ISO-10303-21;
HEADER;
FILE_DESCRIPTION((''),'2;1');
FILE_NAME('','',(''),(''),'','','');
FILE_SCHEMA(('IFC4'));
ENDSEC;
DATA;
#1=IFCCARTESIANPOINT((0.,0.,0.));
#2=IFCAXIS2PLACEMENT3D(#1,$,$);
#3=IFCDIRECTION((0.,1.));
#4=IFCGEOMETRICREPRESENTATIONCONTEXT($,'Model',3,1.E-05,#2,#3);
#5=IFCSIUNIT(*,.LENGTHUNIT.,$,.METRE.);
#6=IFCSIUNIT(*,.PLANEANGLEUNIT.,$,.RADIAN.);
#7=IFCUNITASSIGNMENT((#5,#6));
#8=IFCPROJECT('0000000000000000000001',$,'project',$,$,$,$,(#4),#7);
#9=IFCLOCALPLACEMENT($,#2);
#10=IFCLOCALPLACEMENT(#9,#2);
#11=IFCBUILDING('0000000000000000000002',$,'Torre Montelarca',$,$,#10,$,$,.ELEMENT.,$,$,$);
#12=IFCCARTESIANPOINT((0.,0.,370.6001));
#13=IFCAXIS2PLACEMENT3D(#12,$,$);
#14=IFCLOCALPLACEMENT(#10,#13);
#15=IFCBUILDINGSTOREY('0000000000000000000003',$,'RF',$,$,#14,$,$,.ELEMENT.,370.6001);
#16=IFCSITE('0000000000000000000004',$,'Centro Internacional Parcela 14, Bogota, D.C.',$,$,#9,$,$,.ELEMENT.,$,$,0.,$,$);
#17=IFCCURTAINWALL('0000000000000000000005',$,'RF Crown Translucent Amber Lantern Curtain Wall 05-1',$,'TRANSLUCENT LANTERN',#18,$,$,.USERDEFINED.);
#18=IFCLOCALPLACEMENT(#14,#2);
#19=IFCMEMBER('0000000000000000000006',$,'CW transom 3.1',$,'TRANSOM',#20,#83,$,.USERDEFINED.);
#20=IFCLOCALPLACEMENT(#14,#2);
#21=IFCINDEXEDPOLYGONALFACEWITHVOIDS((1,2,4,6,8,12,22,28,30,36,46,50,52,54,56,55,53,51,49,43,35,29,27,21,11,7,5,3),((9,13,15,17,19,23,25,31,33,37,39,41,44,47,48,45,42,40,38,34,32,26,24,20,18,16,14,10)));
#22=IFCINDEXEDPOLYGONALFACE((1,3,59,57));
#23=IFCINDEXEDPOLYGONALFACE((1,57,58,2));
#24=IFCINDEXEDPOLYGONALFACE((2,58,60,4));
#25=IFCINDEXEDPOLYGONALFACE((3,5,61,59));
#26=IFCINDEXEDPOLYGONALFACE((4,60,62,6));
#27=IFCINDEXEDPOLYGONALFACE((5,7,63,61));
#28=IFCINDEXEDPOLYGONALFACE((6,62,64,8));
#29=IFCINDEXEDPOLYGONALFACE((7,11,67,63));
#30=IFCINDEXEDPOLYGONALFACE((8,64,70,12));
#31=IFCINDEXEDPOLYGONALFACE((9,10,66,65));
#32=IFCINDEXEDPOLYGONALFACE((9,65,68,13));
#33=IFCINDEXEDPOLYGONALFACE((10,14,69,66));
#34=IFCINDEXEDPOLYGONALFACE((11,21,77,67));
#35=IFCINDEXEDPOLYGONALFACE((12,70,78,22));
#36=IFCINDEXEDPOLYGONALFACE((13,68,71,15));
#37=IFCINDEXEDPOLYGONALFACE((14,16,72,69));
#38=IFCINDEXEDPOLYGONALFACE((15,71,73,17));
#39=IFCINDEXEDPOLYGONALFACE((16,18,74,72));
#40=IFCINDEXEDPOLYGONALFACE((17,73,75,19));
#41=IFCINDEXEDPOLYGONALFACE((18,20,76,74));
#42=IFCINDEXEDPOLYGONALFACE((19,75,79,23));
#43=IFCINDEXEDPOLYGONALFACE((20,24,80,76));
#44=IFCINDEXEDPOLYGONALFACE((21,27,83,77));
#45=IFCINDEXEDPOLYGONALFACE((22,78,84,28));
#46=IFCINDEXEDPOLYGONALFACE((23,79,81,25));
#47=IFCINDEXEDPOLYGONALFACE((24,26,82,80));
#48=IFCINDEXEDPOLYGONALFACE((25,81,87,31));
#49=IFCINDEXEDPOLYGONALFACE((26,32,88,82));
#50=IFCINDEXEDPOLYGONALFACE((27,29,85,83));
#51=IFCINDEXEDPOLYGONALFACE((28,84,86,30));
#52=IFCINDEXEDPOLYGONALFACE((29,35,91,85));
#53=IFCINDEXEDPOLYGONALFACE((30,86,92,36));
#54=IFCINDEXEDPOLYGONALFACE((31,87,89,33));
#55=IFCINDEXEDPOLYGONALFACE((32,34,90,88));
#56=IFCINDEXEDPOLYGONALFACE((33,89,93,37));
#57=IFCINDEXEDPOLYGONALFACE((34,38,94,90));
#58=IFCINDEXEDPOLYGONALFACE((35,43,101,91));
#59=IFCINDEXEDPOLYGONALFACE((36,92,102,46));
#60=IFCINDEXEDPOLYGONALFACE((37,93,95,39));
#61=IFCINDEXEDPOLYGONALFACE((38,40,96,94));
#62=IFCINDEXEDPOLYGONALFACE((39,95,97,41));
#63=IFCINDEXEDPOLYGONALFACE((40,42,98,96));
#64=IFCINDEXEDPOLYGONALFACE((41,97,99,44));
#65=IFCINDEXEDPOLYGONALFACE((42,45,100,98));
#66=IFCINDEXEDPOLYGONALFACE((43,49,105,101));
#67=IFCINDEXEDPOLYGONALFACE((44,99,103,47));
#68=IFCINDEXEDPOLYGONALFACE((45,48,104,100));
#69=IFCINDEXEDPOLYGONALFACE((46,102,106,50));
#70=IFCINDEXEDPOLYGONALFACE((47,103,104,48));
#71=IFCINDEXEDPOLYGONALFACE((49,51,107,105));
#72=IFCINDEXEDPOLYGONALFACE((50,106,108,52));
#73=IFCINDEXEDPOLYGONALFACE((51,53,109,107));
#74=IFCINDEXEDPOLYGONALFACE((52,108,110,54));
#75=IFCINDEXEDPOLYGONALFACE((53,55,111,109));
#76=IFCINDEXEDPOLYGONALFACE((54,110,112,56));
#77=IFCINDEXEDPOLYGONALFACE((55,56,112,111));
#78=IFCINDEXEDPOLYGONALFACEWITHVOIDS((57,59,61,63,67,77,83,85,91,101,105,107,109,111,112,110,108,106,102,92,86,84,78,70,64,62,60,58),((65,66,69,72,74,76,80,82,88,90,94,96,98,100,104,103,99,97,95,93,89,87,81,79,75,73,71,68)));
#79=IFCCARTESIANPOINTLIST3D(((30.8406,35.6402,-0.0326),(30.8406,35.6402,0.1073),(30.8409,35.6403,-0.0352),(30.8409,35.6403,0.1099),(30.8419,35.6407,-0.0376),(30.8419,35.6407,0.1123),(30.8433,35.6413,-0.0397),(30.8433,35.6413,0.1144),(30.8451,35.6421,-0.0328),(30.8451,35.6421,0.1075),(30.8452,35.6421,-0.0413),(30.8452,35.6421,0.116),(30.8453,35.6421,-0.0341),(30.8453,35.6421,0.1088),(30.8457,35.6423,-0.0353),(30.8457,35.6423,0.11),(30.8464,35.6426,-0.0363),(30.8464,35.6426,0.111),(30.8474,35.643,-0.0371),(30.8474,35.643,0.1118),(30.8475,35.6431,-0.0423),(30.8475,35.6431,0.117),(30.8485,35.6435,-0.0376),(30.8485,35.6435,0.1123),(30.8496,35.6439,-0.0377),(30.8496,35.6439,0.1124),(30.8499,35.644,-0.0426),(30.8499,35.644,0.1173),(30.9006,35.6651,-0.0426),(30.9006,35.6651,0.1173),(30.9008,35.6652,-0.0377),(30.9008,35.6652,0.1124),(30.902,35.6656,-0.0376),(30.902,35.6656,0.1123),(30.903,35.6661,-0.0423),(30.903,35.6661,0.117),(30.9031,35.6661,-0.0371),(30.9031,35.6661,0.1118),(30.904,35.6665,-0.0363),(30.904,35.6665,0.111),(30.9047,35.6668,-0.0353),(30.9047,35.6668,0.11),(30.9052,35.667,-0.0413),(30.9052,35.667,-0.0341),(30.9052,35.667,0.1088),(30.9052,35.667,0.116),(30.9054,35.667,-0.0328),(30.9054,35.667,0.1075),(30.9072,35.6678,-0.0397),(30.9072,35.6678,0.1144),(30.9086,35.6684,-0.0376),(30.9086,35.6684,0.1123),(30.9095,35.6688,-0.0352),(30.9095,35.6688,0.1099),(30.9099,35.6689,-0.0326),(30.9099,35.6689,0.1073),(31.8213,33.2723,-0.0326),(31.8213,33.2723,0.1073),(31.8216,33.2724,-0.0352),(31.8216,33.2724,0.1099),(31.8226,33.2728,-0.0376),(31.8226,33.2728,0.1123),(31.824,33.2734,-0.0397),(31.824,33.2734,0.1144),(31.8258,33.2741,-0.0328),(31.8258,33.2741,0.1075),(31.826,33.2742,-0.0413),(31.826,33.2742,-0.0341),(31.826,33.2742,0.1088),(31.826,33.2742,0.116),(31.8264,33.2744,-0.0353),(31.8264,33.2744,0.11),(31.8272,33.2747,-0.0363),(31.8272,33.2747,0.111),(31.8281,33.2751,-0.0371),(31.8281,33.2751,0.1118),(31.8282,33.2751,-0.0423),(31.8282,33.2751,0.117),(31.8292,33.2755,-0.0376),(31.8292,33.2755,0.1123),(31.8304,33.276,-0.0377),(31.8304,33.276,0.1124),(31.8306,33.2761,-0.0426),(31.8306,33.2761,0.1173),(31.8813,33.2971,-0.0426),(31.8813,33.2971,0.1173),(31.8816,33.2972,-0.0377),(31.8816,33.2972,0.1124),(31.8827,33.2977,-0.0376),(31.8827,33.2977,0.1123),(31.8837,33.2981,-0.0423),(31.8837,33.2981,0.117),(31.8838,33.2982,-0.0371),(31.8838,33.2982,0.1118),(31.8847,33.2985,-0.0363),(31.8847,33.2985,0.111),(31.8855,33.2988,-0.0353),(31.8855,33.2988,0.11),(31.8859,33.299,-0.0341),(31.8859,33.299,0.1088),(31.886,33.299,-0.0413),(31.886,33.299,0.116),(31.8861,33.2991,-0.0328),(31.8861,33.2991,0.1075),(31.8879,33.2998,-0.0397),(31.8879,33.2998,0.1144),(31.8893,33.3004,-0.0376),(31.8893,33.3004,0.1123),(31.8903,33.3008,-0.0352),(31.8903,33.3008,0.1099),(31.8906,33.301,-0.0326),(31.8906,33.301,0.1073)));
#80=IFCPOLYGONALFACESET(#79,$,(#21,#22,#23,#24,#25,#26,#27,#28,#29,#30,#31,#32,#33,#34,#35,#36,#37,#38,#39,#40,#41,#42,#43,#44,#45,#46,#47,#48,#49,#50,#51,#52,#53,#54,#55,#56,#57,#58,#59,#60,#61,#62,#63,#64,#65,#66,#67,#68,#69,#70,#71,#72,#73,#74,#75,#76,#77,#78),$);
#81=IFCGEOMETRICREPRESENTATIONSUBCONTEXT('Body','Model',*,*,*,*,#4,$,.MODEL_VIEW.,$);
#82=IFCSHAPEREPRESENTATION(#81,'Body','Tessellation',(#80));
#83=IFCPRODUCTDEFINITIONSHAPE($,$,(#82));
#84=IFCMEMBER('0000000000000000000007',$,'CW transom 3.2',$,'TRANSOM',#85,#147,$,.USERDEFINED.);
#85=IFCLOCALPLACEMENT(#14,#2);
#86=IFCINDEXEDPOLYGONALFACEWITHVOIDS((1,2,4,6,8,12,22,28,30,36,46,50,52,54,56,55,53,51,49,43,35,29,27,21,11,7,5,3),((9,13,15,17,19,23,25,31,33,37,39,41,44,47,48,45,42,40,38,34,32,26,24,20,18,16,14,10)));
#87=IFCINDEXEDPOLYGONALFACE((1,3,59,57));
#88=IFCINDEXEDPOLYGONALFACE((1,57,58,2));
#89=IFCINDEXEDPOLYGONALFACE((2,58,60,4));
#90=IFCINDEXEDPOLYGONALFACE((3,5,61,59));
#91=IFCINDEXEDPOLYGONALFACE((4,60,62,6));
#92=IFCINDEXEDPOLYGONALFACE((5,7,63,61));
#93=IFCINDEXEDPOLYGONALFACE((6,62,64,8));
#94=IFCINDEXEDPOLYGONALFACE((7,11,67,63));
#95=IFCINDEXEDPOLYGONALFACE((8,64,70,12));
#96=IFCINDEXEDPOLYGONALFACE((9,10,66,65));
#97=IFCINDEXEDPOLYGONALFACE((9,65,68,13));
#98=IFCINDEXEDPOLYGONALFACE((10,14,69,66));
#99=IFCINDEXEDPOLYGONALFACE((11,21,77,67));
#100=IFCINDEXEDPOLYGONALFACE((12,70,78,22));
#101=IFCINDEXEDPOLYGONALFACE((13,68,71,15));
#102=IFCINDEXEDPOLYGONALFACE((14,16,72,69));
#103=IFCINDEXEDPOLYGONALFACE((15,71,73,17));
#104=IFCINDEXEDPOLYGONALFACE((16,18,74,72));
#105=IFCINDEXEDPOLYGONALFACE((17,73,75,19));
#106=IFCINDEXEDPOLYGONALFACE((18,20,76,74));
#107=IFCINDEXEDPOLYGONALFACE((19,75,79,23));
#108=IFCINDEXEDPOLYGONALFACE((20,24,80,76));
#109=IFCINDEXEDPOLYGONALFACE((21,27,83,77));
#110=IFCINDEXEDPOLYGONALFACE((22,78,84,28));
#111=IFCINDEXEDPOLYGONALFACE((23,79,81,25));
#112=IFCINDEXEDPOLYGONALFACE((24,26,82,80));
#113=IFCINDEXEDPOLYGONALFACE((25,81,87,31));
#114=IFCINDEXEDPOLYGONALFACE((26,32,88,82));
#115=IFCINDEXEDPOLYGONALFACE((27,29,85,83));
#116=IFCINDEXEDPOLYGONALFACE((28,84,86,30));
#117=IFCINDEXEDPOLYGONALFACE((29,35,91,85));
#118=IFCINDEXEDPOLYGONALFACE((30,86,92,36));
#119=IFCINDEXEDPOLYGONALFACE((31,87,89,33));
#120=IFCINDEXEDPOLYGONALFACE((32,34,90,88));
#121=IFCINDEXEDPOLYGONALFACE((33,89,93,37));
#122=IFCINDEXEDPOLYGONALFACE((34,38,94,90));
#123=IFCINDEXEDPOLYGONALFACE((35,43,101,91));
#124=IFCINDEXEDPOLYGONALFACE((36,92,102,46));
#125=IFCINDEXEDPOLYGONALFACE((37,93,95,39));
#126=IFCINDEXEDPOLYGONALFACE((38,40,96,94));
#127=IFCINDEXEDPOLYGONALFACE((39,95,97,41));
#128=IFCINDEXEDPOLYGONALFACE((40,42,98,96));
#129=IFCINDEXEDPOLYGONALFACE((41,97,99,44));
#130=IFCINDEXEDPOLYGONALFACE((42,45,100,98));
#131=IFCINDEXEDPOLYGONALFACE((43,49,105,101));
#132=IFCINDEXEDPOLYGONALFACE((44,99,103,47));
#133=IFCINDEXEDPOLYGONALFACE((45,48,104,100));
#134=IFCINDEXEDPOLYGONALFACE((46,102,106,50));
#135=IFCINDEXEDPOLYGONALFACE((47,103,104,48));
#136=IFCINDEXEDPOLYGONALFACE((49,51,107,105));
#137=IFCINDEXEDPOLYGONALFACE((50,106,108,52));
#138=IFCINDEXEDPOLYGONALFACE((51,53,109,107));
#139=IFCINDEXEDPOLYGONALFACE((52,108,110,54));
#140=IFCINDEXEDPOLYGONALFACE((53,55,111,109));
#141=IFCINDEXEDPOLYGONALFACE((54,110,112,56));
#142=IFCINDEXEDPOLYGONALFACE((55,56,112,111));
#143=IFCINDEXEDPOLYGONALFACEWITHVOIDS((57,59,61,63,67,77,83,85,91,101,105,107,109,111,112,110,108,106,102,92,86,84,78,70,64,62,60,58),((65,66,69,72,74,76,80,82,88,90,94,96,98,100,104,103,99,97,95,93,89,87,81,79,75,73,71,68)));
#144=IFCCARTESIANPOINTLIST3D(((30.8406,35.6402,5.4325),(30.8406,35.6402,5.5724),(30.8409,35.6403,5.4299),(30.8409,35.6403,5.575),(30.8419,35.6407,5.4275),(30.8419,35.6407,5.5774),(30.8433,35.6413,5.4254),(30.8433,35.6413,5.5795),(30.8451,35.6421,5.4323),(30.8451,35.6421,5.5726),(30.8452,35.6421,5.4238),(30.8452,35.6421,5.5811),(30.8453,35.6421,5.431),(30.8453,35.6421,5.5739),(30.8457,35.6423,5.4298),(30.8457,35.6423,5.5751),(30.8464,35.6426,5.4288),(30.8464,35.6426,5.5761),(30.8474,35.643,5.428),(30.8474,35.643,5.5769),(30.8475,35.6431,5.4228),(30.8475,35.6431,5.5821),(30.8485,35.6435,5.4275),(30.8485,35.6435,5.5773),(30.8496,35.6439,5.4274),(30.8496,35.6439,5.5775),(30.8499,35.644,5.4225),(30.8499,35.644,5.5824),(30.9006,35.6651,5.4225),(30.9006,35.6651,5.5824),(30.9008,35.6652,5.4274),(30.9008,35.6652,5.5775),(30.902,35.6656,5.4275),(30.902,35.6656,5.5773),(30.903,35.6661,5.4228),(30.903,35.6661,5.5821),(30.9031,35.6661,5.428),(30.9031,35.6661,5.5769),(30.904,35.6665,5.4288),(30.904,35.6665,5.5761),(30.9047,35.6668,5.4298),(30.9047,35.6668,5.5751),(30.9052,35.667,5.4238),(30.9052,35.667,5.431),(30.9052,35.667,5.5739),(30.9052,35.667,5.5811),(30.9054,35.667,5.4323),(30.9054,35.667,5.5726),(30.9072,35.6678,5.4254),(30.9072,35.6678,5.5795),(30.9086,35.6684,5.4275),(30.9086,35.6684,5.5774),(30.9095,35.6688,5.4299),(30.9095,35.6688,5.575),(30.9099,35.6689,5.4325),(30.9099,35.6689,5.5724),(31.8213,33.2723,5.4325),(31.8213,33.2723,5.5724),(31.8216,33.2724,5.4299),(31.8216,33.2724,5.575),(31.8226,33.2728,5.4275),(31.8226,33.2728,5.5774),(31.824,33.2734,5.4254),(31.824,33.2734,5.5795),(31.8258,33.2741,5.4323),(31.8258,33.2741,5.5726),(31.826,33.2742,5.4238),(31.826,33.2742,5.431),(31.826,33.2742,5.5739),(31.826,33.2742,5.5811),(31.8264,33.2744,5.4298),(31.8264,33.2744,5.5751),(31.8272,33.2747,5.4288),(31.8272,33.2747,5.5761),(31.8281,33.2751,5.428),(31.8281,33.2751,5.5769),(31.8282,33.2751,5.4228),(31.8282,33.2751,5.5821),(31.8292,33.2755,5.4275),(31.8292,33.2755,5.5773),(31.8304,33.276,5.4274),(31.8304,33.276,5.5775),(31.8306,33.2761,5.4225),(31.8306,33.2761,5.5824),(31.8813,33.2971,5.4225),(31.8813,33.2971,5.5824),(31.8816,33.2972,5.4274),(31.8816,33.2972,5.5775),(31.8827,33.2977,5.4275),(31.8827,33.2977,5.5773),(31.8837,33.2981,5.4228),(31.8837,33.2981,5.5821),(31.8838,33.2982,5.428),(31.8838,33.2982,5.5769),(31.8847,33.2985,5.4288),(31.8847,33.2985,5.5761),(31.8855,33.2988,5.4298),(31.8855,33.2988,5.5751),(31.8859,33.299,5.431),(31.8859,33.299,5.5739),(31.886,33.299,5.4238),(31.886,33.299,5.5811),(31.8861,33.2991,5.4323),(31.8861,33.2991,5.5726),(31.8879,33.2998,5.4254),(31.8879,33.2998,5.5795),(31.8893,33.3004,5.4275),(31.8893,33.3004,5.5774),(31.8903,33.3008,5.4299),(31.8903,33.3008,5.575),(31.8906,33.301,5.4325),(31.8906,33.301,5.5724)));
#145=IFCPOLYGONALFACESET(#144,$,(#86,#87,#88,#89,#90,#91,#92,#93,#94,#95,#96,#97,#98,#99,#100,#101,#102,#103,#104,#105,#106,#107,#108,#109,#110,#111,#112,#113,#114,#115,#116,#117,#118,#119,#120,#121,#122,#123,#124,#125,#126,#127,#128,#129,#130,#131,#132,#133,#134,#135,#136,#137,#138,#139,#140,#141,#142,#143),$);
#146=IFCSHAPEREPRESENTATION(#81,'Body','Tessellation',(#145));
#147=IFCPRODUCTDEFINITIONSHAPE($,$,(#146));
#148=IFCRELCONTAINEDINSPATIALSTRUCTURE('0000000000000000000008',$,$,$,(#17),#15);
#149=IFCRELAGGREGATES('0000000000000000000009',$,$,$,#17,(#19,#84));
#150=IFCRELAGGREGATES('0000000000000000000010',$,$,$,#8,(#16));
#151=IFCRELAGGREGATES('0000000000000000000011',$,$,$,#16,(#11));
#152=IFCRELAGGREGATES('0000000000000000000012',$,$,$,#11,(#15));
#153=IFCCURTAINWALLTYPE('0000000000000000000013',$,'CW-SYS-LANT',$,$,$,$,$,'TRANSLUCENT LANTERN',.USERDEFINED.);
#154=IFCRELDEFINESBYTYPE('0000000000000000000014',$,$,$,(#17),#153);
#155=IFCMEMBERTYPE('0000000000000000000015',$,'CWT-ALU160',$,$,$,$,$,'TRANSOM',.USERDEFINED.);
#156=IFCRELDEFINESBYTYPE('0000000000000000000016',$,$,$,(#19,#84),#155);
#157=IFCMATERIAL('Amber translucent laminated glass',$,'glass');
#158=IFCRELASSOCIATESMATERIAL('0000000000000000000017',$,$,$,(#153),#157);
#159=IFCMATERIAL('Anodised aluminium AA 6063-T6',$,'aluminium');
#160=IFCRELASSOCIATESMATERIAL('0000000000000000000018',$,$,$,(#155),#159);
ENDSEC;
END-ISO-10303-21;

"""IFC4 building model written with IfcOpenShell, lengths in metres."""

from ifc_helpers import new_model, si_unit, direction, frame, origin, origin_2d, place, context, subcontext, project, spatial, hollow_rectangle, extrude, source, transform, mapped, material, material_profile, profile_set, type_object, element, aggregate, save


model = new_model("IFC4")

# Units and contexts
model_context = context("Model", 3, precision=1e-05, world=origin(), true_north=direction((0.0, 1.0)))
body_context = subcontext(model_context, "Body", "Model", "MODEL_VIEW")
ifc_project = project(units=[si_unit("LENGTHUNIT", "METRE"), si_unit("PLANEANGLEUNIT", "RADIAN")], contexts=[model_context])

# Site, building, storey
site_placement = place(None, origin())
site = spatial("IfcSite", under=ifc_project, at=site_placement, Name="Centro Internacional Parcela 14, Bogota, D.C.", CompositionType="ELEMENT", RefElevation=0.0)
building_placement = place(site_placement, origin())
building = spatial("IfcBuilding", under=site, at=building_placement, Name="Torre Montelarca", CompositionType="ELEMENT")
storey_placement = place(building_placement, frame((0.0, 0.0, 370.6001)))
storey = spatial("IfcBuildingStorey", under=building, at=storey_placement, Name="RF", CompositionType="ELEMENT", Elevation=370.6001)

# Curtain wall, members
ifc_material_1 = material(Name="Amber translucent laminated glass", Category="glass")
curtain_wall_type = type_object("IfcCurtainWallType", Name="CW-SYS-LANT", ElementType="TRANSLUCENT LANTERN", PredefinedType="USERDEFINED", material=ifc_material_1)
curtain_wall_placement = place(storey_placement, origin())
curtain_wall = element("IfcCurtainWall", 1, at=curtain_wall_placement, inside=storey, type_object=curtain_wall_type, Name="RF Crown Translucent Amber Lantern Curtain Wall 05-1", ObjectType="TRANSLUCENT LANTERN", PredefinedType="USERDEFINED")
ifc_material_2 = material(Name="Anodised aluminium AA 6063-T6", Category="aluminium")
ifc_material_profile_1 = material_profile(ifc_material_2, hollow_rectangle(XDim=0.075, YDim=0.1599, WallThickness=0.0049, InnerFilletRadius=0.0049, OuterFilletRadius=0.01, at=origin_2d()), Name="ALU75X160X5", Category="aluminium")
ifc_profile_set_1 = profile_set([ifc_material_profile_1], Name="Anodised aluminium AA 6063-T6")
member_type_1 = type_object("IfcMemberType", Name="CWT-ALU160", ElementType="TRANSOM", PredefinedType="USERDEFINED", material=ifc_profile_set_1)
shared_shape_1 = source(origin(), body_context, "Body", "SweptSolid", [
    extrude(hollow_rectangle(XDim=0.075, YDim=0.1599, WallThickness=0.0049, InnerFilletRadius=0.0049, OuterFilletRadius=0.01, at=origin_2d()), origin(), (0.0, 0.0, 1.0), 2.563),
])
member_1_placement = place(storey_placement, frame((31.856, 33.2866, 0.0374), z_axis=(-0.382646, 0.923895, 0.0), x_axis=(-0.923895, -0.382646, 0.0)))
member_1 = element("IfcMember", 2, at=member_1_placement, type_object=member_type_1, Name="CW transom 3.1", ObjectType="TRANSOM", PredefinedType="USERDEFINED", context=body_context, shape_type="MappedRepresentation", body=[
    mapped(shared_shape_1, transform((0.0, 0.0, 0.0), scale=1.0)),
])
member_2_placement = place(storey_placement, frame((31.856, 33.2866, 5.5024), z_axis=(-0.382646, 0.923895, 0.0), x_axis=(-0.923895, -0.382646, 0.0)))
member_2 = element("IfcMember", 3, at=member_2_placement, type_object=member_type_1, Name="CW transom 3.2", ObjectType="TRANSOM", PredefinedType="USERDEFINED", context=body_context, shape_type="MappedRepresentation", body=[
    mapped(shared_shape_1, transform((0.0, 0.0, 0.0), scale=1.0)),
])
aggregate(curtain_wall, [member_1, member_2])

save(model, "model.ifc")
